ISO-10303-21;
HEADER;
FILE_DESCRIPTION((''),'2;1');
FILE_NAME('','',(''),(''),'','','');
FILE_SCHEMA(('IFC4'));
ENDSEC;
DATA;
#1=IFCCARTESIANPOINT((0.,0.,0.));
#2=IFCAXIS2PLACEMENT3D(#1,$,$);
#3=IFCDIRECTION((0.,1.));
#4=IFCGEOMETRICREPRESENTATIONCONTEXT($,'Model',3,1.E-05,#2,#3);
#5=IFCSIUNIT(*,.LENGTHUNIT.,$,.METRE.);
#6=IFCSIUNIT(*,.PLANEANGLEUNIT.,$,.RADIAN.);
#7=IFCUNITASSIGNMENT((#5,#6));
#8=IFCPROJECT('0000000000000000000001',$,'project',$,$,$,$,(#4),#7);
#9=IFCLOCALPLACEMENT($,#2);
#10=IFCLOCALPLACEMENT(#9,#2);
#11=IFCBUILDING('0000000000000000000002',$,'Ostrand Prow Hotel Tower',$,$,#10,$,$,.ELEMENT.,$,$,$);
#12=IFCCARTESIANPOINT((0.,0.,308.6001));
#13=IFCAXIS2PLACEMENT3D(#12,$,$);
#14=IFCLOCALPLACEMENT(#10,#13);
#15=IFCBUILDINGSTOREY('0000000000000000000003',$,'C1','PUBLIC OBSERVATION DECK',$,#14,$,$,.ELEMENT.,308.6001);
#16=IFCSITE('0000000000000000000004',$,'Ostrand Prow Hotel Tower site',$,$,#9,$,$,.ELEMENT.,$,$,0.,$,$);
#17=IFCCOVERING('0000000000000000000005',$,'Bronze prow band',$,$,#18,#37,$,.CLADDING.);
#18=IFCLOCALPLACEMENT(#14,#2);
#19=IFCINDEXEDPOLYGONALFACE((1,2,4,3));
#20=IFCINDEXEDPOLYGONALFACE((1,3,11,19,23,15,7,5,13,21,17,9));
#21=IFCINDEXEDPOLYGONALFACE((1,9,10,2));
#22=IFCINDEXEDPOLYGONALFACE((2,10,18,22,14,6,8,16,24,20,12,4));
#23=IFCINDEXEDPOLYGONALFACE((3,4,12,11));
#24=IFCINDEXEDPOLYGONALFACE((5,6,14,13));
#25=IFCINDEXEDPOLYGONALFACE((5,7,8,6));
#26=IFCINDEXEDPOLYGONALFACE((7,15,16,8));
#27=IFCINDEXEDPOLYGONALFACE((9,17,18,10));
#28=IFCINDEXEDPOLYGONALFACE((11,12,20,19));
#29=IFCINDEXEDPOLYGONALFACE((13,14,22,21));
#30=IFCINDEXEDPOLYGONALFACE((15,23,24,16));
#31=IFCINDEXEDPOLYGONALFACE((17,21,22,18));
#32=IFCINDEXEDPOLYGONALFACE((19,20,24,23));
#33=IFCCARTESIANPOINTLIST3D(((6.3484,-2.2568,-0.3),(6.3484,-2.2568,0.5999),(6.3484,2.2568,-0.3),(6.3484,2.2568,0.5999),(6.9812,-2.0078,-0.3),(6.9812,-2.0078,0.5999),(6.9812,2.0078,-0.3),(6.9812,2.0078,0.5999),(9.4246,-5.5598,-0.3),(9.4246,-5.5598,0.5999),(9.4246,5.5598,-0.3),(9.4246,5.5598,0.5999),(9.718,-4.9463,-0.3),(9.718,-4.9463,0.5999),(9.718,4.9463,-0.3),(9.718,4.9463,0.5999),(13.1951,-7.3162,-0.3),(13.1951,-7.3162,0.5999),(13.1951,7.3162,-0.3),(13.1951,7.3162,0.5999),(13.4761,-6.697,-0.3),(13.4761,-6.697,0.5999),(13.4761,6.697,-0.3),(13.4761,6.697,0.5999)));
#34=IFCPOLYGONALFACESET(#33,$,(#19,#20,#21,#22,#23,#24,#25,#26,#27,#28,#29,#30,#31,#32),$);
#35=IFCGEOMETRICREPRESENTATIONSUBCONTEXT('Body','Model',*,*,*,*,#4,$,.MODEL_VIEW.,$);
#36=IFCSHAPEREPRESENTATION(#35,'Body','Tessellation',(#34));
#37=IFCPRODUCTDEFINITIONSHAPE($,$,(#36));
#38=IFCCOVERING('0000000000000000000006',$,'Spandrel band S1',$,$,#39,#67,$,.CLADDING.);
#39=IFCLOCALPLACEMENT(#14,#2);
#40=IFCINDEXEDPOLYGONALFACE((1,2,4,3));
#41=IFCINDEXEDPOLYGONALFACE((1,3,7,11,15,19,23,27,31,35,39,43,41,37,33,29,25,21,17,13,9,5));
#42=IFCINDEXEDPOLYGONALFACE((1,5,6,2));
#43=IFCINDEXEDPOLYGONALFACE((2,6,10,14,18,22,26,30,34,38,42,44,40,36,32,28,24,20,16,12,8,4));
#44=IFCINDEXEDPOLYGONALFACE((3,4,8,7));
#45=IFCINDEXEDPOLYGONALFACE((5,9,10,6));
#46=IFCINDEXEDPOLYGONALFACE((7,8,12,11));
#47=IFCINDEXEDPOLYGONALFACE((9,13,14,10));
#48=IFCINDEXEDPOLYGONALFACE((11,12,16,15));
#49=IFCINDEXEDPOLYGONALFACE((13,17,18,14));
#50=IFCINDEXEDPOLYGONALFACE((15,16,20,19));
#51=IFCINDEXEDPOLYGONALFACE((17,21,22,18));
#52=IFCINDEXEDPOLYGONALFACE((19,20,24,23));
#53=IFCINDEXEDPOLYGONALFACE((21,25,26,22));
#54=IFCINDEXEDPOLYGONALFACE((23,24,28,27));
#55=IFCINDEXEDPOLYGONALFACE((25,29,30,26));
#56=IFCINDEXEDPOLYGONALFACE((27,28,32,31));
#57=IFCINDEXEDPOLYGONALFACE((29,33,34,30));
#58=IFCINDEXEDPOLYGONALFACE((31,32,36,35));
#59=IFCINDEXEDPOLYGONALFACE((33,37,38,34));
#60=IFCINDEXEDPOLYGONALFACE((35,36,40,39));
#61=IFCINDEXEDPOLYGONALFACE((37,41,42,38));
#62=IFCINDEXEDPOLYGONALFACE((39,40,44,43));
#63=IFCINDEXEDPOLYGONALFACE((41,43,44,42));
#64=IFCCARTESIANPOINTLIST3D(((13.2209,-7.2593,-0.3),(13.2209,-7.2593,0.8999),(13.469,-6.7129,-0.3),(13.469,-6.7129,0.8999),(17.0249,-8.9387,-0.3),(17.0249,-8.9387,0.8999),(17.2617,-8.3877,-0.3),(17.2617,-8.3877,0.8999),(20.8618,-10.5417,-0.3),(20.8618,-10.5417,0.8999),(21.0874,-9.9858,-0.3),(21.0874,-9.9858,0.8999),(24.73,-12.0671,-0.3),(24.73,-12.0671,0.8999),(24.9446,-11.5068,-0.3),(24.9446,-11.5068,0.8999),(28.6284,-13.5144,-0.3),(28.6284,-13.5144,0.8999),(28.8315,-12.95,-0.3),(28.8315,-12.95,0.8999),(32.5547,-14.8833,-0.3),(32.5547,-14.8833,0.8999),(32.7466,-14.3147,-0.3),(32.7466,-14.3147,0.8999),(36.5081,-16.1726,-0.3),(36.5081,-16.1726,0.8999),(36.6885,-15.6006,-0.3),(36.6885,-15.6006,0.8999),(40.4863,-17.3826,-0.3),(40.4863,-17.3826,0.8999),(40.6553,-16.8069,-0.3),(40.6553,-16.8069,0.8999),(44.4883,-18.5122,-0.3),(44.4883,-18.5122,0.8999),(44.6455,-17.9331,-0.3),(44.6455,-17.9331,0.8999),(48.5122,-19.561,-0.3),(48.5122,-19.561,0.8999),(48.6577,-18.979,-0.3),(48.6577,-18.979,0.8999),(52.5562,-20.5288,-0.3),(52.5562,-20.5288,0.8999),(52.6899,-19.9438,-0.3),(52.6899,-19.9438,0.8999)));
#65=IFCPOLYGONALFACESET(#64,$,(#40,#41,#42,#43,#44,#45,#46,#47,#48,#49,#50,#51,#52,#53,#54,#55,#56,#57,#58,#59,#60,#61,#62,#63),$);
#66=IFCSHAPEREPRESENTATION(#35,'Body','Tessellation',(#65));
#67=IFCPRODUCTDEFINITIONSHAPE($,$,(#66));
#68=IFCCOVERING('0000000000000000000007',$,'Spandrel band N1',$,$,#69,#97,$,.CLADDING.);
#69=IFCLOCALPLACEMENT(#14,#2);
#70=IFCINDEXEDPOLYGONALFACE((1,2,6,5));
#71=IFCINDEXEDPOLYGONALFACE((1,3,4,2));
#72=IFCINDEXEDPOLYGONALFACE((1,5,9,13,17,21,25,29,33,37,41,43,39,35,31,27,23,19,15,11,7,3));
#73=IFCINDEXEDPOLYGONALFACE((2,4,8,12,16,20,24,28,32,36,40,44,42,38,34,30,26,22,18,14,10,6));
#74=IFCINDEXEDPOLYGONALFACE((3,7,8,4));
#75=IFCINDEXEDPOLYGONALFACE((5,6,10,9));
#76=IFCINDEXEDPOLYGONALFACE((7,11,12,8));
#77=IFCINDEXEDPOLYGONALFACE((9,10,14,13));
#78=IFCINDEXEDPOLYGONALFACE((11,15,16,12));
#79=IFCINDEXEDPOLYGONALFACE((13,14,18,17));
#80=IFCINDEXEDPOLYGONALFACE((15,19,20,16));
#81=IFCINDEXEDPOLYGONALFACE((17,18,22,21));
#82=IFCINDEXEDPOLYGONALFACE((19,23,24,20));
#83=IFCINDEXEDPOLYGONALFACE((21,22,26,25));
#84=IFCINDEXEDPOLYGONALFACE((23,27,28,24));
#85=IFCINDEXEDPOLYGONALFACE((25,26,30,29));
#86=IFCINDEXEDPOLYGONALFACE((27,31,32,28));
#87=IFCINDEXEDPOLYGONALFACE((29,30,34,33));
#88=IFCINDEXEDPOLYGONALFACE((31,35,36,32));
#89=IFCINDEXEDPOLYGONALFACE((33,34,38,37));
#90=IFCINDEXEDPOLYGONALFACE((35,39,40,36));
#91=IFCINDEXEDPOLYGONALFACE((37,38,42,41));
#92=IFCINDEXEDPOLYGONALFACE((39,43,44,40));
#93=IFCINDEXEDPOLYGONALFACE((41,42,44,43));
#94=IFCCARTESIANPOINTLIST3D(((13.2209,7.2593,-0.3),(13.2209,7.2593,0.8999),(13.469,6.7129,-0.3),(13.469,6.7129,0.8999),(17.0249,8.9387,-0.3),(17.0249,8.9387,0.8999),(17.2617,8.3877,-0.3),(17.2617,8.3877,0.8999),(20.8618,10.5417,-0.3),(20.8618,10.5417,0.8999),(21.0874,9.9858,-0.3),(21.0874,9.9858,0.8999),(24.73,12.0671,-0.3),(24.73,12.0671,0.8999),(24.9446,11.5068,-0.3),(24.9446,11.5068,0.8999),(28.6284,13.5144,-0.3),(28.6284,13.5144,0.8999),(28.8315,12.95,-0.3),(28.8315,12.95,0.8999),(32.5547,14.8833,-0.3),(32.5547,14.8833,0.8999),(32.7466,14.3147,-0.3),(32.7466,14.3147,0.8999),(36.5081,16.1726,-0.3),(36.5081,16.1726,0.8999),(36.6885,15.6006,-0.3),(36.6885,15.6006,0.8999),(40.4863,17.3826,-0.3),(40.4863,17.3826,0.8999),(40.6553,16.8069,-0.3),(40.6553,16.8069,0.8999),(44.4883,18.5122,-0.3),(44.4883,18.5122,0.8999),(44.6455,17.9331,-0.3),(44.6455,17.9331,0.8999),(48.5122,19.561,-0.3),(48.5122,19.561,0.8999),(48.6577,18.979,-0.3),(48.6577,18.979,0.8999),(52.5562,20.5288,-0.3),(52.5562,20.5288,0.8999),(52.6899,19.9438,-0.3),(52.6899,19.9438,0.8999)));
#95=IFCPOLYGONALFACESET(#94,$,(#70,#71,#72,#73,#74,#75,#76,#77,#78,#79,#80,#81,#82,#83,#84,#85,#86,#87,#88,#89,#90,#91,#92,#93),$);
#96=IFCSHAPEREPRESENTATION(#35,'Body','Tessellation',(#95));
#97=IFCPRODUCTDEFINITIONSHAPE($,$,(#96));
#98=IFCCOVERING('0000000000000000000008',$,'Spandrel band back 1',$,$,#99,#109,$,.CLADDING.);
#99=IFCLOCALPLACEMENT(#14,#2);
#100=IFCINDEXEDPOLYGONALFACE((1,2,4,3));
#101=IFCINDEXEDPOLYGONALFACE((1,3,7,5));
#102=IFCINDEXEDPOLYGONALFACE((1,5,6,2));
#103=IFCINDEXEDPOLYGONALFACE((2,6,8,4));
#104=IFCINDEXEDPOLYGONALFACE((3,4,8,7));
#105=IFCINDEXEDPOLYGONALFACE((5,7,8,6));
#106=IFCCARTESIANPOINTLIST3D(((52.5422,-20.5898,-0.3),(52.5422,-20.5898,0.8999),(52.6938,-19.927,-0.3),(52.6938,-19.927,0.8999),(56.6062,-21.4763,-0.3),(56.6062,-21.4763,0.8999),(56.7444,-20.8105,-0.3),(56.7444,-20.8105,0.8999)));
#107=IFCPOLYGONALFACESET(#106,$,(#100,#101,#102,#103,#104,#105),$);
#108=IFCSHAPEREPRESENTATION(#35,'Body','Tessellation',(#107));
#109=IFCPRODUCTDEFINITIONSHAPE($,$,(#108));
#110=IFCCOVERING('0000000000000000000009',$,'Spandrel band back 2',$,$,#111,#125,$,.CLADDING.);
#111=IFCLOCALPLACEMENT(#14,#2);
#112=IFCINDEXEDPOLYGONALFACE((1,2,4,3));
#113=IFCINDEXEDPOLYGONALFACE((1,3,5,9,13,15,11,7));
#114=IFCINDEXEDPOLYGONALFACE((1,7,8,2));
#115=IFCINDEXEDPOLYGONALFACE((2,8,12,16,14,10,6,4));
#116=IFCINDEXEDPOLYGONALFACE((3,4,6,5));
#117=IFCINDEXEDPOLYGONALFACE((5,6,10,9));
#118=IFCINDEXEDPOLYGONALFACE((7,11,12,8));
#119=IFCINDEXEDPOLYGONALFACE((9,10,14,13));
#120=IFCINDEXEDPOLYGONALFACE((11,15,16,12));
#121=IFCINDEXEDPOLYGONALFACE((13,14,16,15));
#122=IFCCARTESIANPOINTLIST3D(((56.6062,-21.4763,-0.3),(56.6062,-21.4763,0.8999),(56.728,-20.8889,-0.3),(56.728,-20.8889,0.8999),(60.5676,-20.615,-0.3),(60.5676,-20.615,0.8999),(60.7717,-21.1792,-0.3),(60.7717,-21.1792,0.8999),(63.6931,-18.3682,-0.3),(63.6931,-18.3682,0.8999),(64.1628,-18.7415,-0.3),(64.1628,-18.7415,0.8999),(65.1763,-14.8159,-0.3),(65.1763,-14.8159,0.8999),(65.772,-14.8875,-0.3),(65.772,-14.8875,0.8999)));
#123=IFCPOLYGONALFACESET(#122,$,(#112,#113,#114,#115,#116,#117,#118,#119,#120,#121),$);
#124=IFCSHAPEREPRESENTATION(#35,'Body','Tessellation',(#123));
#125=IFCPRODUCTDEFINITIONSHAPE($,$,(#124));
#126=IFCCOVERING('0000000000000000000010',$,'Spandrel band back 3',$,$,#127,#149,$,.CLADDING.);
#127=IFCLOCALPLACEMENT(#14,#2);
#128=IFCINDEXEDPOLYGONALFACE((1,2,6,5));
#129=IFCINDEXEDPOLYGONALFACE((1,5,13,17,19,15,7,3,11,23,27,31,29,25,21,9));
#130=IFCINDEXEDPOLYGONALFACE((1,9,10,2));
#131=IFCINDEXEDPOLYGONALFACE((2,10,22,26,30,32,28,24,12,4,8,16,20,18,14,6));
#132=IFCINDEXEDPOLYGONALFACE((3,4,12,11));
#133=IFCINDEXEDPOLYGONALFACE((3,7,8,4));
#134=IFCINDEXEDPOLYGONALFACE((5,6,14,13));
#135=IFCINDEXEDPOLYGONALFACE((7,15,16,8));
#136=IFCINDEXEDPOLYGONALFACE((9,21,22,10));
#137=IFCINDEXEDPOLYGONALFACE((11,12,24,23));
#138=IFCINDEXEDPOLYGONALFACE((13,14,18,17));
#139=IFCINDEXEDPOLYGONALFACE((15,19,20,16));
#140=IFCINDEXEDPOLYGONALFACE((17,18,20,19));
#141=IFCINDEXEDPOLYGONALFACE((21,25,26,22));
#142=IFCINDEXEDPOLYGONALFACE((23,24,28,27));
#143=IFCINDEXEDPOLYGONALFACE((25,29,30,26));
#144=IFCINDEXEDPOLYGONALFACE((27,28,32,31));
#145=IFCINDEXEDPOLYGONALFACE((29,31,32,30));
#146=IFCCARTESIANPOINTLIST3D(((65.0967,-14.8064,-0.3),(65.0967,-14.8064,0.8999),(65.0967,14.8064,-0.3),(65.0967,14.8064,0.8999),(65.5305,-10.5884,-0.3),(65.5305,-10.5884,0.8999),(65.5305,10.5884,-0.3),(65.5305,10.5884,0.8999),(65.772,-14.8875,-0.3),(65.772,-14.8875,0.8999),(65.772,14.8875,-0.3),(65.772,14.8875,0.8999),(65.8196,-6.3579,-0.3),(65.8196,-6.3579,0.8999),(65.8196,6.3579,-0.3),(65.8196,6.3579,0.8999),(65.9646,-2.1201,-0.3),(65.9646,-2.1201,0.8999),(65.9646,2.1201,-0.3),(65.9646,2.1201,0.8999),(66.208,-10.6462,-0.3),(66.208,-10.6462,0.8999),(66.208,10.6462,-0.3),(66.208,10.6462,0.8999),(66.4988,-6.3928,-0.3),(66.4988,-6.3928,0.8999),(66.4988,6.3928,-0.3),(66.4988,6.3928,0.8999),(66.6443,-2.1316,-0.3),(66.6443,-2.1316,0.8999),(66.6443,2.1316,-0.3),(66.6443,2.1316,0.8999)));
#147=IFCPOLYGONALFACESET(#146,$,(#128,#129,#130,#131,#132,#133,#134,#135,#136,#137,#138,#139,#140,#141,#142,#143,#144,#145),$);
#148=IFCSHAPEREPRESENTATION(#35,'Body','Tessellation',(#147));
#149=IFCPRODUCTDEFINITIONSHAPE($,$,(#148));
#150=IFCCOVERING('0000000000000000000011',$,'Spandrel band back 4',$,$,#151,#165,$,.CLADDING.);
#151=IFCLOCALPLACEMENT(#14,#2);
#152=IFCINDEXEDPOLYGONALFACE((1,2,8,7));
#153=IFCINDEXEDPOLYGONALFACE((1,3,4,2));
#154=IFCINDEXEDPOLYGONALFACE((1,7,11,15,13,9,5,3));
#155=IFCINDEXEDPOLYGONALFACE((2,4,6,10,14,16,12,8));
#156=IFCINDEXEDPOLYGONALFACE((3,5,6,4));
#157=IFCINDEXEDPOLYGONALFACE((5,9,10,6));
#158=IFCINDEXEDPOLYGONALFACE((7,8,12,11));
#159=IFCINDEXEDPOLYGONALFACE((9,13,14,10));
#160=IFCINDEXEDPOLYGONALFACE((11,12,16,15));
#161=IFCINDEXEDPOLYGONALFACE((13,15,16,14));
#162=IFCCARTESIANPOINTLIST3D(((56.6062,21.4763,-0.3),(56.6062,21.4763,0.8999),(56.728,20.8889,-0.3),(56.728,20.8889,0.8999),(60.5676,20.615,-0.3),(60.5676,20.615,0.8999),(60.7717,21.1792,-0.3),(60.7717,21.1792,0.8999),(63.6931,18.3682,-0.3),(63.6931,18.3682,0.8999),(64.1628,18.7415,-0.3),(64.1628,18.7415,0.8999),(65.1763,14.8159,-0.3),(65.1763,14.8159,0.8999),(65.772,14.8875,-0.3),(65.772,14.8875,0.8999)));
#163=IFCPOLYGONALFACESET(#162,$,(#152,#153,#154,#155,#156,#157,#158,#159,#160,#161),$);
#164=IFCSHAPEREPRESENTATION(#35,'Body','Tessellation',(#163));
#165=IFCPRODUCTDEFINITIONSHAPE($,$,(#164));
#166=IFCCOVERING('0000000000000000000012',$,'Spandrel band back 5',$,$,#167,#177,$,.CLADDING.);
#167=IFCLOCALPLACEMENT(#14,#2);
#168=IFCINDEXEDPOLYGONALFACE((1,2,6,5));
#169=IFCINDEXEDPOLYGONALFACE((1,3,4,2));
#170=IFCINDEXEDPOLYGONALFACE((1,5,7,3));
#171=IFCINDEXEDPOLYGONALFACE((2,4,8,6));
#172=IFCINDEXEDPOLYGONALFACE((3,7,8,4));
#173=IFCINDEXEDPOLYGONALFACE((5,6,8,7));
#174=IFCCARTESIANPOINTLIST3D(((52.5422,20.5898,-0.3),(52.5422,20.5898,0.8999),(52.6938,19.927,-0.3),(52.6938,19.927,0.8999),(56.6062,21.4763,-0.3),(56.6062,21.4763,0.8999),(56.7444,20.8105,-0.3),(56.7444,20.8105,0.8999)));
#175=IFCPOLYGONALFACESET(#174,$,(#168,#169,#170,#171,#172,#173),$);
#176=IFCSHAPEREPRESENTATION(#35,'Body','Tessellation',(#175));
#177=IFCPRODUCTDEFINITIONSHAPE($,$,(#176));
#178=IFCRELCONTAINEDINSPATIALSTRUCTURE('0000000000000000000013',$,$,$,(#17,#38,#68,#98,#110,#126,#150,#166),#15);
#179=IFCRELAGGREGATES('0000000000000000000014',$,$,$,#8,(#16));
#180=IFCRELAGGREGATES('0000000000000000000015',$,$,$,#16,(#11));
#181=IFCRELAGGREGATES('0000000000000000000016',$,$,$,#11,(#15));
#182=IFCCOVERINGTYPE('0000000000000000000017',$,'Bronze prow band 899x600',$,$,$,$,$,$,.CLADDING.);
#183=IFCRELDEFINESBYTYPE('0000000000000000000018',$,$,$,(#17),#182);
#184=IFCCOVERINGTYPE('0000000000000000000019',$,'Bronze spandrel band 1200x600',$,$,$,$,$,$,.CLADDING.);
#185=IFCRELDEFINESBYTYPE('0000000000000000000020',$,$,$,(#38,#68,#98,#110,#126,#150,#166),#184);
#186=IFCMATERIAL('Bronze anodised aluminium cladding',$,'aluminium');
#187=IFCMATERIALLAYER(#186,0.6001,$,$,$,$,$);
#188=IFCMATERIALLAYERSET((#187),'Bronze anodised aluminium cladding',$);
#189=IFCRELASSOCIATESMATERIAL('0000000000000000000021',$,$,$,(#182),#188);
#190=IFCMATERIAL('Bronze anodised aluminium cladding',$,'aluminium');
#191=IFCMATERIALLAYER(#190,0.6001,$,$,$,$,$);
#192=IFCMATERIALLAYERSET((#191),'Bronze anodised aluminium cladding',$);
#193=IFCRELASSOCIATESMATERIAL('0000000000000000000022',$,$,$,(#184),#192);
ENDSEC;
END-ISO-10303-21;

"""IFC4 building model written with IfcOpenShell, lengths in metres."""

from ifc_helpers import new_model, si_unit, direction, frame, origin, place, context, subcontext, project, spatial, polyline, outline, extrude, material, layer, layer_set, type_object, element, save


model = new_model("IFC4")

# Units and contexts
model_context = context("Model", 3, precision=1e-05, world=origin(), true_north=direction((0.0, 1.0)))
body_context = subcontext(model_context, "Body", "Model", "MODEL_VIEW")
ifc_project = project(units=[si_unit("LENGTHUNIT", "METRE"), si_unit("PLANEANGLEUNIT", "RADIAN")], contexts=[model_context])

# Site, building, storey
site_placement = place(None, origin())
site = spatial("IfcSite", under=ifc_project, at=site_placement, Name="Ostrand Prow Hotel Tower site", CompositionType="ELEMENT", RefElevation=0.0)
building_placement = place(site_placement, origin())
building = spatial("IfcBuilding", under=site, at=building_placement, Name="Ostrand Prow Hotel Tower", CompositionType="ELEMENT")
storey_placement = place(building_placement, frame((0.0, 0.0, 308.6001)))
storey = spatial("IfcBuildingStorey", under=building, at=storey_placement, Name="C1", Description="PUBLIC OBSERVATION DECK", CompositionType="ELEMENT", Elevation=308.6001)

# Coverings
ifc_material_1 = material(Name="Bronze anodised aluminium cladding", Category="aluminium")
ifc_layer_1 = layer(ifc_material_1, 0.6001)
ifc_layer_set_1 = layer_set([ifc_layer_1], Name="Bronze anodised aluminium cladding")
covering_type_1 = type_object("IfcCoveringType", Name="Bronze prow band 899x600", PredefinedType="CLADDING", material=ifc_layer_set_1)
covering_1_placement = place(storey_placement, frame((0.0, 0.0, -0.3)))
element("IfcCovering", 1, at=covering_1_placement, inside=storey, type_object=covering_type_1, Name="Bronze prow band", PredefinedType="CLADDING", context=body_context, shape_type="SweptSolid", body=[
    extrude(outline(polyline([(13.1951, 7.3162), (9.4246, 5.5598), (6.3484, 2.2568), (6.3484, -2.2568), (9.4246, -5.5598), (13.1951, -7.3162), (13.4761, -6.697), (9.718, -4.9463), (6.9812, -2.0078), (6.9812, 2.0078), (9.718, 4.9463), (13.4761, 6.697), (13.1951, 7.3162)])), origin(), (0.0, 0.0, 1.0), 0.8999),
])
ifc_material_2 = material(Name="Bronze anodised aluminium cladding", Category="aluminium")
ifc_layer_2 = layer(ifc_material_2, 0.6001)
ifc_layer_set_2 = layer_set([ifc_layer_2], Name="Bronze anodised aluminium cladding")
covering_type_2 = type_object("IfcCoveringType", Name="Bronze spandrel band 1200x600", PredefinedType="CLADDING", material=ifc_layer_set_2)
covering_2_placement = place(storey_placement, frame((0.0, 0.0, -0.3)))
element("IfcCovering", 2, at=covering_2_placement, inside=storey, type_object=covering_type_2, Name="Spandrel band S1", PredefinedType="CLADDING", context=body_context, shape_type="SweptSolid", body=[
    extrude(outline(polyline([(13.2209, -7.2593), (17.0249, -8.9387), (20.8618, -10.5417), (24.73, -12.0671), (28.6284, -13.5144), (32.5547, -14.8833), (36.5081, -16.1726), (40.4863, -17.3826), (44.4883, -18.5122), (48.5122, -19.561), (52.5562, -20.5288), (52.6899, -19.9438), (48.6577, -18.979), (44.6455, -17.9331), (40.6553, -16.8069), (36.6885, -15.6006), (32.7466, -14.3147), (28.8315, -12.95), (24.9446, -11.5068), (21.0874, -9.9858), (17.2617, -8.3877), (13.469, -6.7129), (13.2209, -7.2593)])), origin(), (0.0, 0.0, 1.0), 1.2),
])
covering_3_placement = place(storey_placement, frame((0.0, 0.0, -0.3)))
element("IfcCovering", 3, at=covering_3_placement, inside=storey, type_object=covering_type_2, Name="Spandrel band N1", PredefinedType="CLADDING", context=body_context, shape_type="SweptSolid", body=[
    extrude(outline(polyline([(52.5562, 20.5288), (48.5122, 19.561), (44.4883, 18.5122), (40.4863, 17.3826), (36.5081, 16.1726), (32.5547, 14.8833), (28.6284, 13.5144), (24.73, 12.0671), (20.8618, 10.5417), (17.0249, 8.9387), (13.2209, 7.2593), (13.469, 6.7129), (17.2617, 8.3877), (21.0874, 9.9858), (24.9446, 11.5068), (28.8315, 12.95), (32.7466, 14.3147), (36.6885, 15.6006), (40.6553, 16.8069), (44.6455, 17.9331), (48.6577, 18.979), (52.6899, 19.9438), (52.5562, 20.5288)])), origin(), (0.0, 0.0, 1.0), 1.2),
])
covering_4_placement = place(storey_placement, frame((0.0, 0.0, -0.3)))
element("IfcCovering", 4, at=covering_4_placement, inside=storey, type_object=covering_type_2, Name="Spandrel band back 1", PredefinedType="CLADDING", context=body_context, shape_type="SweptSolid", body=[
    extrude(outline(polyline([(52.5422, -20.5898), (56.6062, -21.4763), (56.7444, -20.8105), (52.6938, -19.927), (52.5422, -20.5898)])), origin(), (0.0, 0.0, 1.0), 1.2),
])
covering_5_placement = place(storey_placement, frame((0.0, 0.0, -0.3)))
element("IfcCovering", 5, at=covering_5_placement, inside=storey, type_object=covering_type_2, Name="Spandrel band back 2", PredefinedType="CLADDING", context=body_context, shape_type="SweptSolid", body=[
    extrude(outline(polyline([(56.6062, -21.4763), (60.7717, -21.1792), (64.1628, -18.7415), (65.772, -14.8875), (65.1763, -14.8159), (63.6931, -18.3682), (60.5676, -20.615), (56.728, -20.8889), (56.6062, -21.4763)])), origin(), (0.0, 0.0, 1.0), 1.2),
])
covering_6_placement = place(storey_placement, frame((0.0, 0.0, -0.3)))
element("IfcCovering", 6, at=covering_6_placement, inside=storey, type_object=covering_type_2, Name="Spandrel band back 3", PredefinedType="CLADDING", context=body_context, shape_type="SweptSolid", body=[
    extrude(outline(polyline([(65.772, -14.8875), (66.208, -10.6462), (66.4988, -6.3928), (66.6443, -2.1316), (66.6443, 2.1316), (66.4988, 6.3928), (66.208, 10.6462), (65.772, 14.8875), (65.0967, 14.8064), (65.5305, 10.5884), (65.8196, 6.3579), (65.9646, 2.1201), (65.9646, -2.1201), (65.8196, -6.3579), (65.5305, -10.5884), (65.0967, -14.8064), (65.772, -14.8875)])), origin(), (0.0, 0.0, 1.0), 1.2),
])
covering_7_placement = place(storey_placement, frame((0.0, 0.0, -0.3)))
element("IfcCovering", 7, at=covering_7_placement, inside=storey, type_object=covering_type_2, Name="Spandrel band back 4", PredefinedType="CLADDING", context=body_context, shape_type="SweptSolid", body=[
    extrude(outline(polyline([(65.772, 14.8875), (64.1628, 18.7415), (60.7717, 21.1792), (56.6062, 21.4763), (56.728, 20.8889), (60.5676, 20.615), (63.6931, 18.3682), (65.1763, 14.8159), (65.772, 14.8875)])), origin(), (0.0, 0.0, 1.0), 1.2),
])
covering_8_placement = place(storey_placement, frame((0.0, 0.0, -0.3)))
element("IfcCovering", 8, at=covering_8_placement, inside=storey, type_object=covering_type_2, Name="Spandrel band back 5", PredefinedType="CLADDING", context=body_context, shape_type="SweptSolid", body=[
    extrude(outline(polyline([(56.6062, 21.4763), (52.5422, 20.5898), (52.6938, 19.927), (56.7444, 20.8105), (56.6062, 21.4763)])), origin(), (0.0, 0.0, 1.0), 1.2),
])

save(model, "model.ifc")
